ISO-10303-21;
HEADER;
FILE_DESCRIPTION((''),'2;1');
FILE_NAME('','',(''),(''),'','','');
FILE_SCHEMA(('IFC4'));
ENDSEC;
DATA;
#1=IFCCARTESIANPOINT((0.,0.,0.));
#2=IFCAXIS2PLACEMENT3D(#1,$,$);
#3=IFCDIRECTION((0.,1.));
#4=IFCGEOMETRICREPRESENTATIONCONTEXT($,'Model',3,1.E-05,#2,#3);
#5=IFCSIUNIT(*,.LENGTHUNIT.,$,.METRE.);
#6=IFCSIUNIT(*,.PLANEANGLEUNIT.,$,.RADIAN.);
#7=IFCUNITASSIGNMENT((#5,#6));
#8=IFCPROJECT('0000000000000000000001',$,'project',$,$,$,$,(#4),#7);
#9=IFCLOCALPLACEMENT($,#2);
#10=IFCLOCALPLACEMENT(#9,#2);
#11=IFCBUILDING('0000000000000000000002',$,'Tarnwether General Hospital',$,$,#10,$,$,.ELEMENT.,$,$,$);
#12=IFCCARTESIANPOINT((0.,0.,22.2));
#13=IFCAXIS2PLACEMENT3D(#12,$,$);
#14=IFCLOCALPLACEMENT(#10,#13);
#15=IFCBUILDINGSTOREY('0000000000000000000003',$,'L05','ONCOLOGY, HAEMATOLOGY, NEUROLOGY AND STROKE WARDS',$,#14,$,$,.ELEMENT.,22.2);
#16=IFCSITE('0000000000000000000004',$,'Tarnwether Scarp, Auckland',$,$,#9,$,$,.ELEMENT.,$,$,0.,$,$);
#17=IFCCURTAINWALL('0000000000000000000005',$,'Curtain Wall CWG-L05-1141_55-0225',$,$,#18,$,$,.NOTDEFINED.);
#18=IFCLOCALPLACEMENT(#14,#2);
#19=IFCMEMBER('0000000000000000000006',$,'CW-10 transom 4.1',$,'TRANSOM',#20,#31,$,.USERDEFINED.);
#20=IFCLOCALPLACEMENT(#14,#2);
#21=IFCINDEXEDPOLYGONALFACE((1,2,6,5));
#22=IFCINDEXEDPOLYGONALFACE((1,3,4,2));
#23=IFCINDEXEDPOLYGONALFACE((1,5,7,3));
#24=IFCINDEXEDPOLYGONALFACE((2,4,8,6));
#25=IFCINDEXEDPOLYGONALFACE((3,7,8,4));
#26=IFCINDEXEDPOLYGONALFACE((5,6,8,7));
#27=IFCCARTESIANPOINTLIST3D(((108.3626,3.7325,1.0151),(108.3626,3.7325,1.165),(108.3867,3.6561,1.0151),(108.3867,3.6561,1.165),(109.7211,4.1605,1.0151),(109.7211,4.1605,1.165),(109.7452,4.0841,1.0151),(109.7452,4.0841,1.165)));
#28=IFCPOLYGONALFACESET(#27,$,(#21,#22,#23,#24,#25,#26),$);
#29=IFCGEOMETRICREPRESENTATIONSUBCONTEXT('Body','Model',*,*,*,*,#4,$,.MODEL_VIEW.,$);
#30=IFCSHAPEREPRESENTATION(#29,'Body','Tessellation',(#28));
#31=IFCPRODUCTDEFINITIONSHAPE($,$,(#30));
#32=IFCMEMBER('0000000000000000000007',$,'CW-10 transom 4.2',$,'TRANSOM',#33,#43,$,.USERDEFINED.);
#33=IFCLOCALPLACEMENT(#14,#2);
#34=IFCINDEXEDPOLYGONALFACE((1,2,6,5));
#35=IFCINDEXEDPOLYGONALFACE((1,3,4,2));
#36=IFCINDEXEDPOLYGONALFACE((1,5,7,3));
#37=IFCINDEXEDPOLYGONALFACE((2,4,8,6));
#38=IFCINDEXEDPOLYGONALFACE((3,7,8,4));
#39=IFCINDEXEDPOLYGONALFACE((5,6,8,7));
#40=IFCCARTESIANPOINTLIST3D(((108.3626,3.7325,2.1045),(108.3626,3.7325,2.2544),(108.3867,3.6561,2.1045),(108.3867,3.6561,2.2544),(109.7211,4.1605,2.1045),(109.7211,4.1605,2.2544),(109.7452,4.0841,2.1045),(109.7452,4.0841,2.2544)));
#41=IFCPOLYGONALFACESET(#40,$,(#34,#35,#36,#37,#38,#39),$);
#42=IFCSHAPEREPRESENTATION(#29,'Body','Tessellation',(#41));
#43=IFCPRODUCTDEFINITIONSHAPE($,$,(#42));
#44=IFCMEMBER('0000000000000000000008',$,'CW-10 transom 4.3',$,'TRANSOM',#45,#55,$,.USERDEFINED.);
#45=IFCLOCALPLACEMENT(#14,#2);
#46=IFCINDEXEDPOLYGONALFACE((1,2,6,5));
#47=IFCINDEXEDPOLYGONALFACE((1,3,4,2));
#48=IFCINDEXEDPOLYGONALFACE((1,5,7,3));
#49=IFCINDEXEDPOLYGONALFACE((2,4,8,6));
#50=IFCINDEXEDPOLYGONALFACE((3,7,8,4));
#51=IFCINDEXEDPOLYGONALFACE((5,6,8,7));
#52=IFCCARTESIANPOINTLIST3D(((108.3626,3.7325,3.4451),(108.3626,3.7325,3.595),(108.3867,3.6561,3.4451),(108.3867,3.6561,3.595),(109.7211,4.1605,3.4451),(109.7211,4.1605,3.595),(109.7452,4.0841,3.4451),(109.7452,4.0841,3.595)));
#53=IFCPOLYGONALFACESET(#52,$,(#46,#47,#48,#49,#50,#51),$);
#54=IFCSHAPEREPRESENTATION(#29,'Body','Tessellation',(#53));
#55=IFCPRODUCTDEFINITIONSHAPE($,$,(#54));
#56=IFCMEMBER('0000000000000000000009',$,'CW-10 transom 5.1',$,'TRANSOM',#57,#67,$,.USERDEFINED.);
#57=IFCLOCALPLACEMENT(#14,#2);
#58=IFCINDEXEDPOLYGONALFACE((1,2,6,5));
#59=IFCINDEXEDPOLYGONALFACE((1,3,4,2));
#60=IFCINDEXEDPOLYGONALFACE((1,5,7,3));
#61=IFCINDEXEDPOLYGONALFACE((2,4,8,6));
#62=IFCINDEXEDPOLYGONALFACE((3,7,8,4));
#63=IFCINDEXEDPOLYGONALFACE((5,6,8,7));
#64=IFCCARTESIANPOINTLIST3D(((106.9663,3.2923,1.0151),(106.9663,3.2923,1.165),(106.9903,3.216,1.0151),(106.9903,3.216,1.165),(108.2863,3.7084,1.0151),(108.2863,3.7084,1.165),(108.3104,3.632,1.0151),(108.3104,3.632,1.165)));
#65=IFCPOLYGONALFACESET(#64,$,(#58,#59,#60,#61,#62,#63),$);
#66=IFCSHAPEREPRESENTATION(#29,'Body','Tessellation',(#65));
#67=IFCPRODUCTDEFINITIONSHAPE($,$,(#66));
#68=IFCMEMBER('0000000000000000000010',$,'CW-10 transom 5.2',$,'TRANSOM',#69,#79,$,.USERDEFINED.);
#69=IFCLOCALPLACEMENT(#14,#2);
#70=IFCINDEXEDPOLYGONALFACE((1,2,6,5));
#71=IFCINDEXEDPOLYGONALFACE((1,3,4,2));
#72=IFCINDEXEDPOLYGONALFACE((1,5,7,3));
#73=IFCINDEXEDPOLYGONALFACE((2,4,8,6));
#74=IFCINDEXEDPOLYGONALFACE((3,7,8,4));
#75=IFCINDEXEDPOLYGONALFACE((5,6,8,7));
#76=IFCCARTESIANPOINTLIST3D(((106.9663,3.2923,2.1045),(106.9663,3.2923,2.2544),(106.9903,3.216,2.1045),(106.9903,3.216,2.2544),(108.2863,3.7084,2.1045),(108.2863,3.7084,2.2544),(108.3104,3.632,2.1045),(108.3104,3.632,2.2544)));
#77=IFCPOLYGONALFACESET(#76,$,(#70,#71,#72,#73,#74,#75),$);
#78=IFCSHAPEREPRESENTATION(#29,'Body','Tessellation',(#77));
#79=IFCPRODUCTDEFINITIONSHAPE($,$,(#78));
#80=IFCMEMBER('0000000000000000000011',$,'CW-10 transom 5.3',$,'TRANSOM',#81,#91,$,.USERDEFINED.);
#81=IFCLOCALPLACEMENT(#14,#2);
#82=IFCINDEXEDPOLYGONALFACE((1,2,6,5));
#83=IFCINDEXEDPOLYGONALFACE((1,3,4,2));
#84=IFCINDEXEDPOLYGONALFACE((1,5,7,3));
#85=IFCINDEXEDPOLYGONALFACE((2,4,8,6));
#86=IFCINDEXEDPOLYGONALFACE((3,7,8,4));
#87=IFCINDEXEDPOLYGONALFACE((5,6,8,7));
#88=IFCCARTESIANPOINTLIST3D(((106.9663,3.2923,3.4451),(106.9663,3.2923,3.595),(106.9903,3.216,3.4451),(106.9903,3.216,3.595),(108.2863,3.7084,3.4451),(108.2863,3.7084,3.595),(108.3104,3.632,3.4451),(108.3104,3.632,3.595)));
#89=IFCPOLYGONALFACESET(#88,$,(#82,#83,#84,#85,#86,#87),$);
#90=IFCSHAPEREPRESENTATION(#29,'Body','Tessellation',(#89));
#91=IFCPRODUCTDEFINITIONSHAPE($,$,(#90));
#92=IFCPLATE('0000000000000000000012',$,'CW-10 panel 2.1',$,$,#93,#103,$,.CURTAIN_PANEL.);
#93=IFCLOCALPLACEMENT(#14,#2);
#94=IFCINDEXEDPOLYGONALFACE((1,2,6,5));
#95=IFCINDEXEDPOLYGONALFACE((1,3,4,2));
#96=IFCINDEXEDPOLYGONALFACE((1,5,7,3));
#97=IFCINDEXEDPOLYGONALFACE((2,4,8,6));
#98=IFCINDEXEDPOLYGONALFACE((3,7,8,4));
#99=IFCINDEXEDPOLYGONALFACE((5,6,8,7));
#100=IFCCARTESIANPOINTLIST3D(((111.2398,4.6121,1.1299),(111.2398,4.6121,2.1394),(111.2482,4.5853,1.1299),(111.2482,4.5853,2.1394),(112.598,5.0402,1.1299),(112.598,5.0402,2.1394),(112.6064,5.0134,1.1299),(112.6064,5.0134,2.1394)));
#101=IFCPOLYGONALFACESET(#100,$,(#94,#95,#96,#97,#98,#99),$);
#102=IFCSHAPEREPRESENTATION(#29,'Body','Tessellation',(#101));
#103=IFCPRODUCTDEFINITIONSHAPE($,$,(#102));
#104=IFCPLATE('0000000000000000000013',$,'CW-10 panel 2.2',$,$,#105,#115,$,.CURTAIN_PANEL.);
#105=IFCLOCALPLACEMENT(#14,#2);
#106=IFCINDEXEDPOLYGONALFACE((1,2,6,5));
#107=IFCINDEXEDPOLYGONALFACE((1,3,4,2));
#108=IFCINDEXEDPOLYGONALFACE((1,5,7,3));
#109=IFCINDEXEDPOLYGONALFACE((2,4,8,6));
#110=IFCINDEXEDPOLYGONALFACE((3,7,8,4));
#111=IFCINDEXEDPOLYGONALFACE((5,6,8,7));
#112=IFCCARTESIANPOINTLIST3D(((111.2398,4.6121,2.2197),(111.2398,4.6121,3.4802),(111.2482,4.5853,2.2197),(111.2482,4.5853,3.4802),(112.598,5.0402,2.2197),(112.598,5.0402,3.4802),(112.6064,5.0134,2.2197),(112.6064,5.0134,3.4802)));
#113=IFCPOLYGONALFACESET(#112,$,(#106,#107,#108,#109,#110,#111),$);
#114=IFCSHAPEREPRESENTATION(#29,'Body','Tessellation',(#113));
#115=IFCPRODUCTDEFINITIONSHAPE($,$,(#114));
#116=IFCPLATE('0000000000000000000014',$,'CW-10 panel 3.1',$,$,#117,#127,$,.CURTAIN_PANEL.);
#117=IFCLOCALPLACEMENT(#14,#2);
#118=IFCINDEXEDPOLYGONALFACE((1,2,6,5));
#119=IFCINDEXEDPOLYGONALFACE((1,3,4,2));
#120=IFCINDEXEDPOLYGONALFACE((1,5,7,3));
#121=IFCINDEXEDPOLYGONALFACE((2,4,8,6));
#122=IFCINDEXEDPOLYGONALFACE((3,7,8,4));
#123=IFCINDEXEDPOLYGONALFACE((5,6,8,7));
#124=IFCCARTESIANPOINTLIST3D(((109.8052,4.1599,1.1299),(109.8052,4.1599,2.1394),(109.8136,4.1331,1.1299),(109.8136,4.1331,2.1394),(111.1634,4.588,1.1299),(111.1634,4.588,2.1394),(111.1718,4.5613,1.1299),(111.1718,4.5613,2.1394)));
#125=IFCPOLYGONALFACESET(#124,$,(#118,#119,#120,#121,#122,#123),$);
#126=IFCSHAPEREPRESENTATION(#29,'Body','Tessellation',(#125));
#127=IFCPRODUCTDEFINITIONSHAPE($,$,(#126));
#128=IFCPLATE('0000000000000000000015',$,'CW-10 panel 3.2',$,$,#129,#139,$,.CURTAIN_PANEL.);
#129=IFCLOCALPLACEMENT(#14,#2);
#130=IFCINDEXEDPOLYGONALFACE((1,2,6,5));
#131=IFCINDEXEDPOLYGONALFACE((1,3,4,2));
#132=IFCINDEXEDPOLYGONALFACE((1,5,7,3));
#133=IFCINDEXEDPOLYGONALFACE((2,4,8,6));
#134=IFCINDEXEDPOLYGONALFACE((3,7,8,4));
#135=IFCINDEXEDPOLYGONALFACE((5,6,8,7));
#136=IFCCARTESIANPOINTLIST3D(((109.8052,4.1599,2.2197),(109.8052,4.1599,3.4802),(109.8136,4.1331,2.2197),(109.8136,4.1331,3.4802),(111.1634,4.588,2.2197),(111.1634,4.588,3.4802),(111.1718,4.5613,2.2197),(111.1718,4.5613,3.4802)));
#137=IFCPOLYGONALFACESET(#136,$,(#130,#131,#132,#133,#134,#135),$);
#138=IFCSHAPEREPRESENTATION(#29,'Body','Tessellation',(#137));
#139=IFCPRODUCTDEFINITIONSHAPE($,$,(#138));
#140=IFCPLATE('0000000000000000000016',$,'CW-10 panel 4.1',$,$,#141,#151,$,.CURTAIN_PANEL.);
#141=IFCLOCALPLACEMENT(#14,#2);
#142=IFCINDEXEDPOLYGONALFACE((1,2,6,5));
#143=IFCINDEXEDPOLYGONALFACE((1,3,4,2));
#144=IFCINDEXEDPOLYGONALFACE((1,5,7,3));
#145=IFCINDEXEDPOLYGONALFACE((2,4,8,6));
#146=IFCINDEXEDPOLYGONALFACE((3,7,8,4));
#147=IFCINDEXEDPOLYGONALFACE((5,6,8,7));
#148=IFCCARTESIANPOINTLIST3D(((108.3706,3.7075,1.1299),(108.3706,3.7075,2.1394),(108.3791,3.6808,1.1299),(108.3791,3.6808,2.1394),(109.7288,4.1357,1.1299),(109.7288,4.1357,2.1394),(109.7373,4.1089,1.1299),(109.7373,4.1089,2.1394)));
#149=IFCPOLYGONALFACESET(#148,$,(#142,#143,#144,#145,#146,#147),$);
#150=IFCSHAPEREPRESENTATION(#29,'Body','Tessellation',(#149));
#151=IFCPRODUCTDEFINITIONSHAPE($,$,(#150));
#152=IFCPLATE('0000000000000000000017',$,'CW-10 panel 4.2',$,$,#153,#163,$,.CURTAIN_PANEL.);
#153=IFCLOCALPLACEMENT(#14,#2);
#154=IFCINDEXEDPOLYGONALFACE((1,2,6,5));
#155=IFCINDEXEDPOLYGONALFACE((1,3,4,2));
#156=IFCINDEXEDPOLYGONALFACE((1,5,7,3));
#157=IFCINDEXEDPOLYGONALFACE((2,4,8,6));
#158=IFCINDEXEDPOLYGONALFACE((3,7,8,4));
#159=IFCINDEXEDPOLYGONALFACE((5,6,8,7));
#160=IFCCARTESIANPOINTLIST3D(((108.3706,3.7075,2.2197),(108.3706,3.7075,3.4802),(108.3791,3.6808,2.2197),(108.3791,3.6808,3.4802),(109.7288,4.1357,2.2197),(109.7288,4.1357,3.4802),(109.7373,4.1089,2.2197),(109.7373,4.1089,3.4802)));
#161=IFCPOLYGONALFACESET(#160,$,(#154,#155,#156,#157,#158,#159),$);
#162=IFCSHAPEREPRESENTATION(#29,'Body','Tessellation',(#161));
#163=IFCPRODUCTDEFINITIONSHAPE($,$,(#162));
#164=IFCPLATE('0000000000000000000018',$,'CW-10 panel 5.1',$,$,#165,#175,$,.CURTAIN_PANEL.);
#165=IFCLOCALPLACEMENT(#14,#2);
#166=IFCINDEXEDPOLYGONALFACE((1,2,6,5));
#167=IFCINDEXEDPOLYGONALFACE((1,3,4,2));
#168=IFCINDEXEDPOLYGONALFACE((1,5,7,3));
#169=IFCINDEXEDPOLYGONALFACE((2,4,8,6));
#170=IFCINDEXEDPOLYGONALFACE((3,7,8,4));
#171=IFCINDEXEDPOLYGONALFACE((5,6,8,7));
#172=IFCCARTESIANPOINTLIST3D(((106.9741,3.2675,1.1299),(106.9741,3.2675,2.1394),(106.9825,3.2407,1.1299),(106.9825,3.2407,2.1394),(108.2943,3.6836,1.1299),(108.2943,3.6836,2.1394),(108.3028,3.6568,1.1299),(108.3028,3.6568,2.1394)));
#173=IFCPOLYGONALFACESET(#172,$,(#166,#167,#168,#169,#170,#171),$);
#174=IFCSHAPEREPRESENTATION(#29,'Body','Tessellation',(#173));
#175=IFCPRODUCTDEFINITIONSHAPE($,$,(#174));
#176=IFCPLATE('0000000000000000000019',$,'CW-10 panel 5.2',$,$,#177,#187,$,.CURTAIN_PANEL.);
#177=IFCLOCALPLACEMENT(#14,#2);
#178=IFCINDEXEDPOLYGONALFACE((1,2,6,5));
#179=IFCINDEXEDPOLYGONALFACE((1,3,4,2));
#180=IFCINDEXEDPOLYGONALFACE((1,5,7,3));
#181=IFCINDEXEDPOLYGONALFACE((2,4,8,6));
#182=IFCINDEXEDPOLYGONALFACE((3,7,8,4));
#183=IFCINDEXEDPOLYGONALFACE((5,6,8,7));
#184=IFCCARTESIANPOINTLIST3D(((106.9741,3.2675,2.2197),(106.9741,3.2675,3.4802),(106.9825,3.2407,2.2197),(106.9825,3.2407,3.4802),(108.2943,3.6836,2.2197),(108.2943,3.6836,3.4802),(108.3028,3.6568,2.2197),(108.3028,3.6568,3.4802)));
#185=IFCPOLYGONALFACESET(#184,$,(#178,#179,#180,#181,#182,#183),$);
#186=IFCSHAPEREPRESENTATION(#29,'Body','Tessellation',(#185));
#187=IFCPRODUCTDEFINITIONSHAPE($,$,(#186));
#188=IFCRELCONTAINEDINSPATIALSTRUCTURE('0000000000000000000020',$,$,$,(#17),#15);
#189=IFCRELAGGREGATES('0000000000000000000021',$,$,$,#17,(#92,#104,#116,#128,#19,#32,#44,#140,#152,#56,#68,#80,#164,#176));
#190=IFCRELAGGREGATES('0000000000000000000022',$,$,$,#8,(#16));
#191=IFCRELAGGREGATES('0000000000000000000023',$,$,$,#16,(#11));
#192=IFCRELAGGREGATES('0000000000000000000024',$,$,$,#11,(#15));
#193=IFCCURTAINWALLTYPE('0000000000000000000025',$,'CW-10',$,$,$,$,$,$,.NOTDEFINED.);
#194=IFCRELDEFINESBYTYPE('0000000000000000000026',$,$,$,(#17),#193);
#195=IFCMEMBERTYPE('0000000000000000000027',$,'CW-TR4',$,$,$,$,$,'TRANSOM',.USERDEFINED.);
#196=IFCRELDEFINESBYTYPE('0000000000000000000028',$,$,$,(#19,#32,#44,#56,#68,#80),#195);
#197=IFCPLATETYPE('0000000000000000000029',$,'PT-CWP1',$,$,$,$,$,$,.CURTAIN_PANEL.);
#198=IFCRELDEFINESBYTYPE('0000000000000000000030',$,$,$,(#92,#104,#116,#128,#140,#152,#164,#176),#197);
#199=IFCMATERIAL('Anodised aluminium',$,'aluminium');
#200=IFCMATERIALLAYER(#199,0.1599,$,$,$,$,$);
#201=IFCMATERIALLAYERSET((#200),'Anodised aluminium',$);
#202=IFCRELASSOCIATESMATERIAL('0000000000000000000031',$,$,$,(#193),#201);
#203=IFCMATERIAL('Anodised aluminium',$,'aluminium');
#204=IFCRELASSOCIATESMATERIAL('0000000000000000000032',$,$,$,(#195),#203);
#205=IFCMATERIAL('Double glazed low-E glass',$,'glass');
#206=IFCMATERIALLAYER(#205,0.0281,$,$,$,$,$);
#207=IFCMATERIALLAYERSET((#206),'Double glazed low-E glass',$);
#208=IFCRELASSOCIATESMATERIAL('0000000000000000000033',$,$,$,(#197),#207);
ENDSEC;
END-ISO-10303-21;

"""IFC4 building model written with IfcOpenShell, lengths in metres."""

from ifc_helpers import new_model, si_unit, direction, frame, origin, origin_2d, place, context, subcontext, project, spatial, rectangle, extrude, material, layer, layer_set, material_profile, profile_set, type_object, element, aggregate, save


model = new_model("IFC4")

# Units and contexts
model_context = context("Model", 3, precision=1e-05, world=origin(), true_north=direction((0.0, 1.0)))
body_context = subcontext(model_context, "Body", "Model", "MODEL_VIEW")
ifc_project = project(units=[si_unit("LENGTHUNIT", "METRE"), si_unit("PLANEANGLEUNIT", "RADIAN")], contexts=[model_context])

# Site, building, storey
site_placement = place(None, origin())
site = spatial("IfcSite", under=ifc_project, at=site_placement, Name="Tarnwether Scarp, Auckland", CompositionType="ELEMENT", RefElevation=0.0)
building_placement = place(site_placement, origin())
building = spatial("IfcBuilding", under=site, at=building_placement, Name="Tarnwether General Hospital", CompositionType="ELEMENT")
storey_placement = place(building_placement, frame((0.0, 0.0, 22.2)))
storey = spatial("IfcBuildingStorey", under=building, at=storey_placement, Name="L05", Description="ONCOLOGY, HAEMATOLOGY, NEUROLOGY AND STROKE WARDS", CompositionType="ELEMENT", Elevation=22.2)

# Shared definitions
ifc_material_1 = material(Name="Anodised aluminium", Category="aluminium")
ifc_layer_1 = layer(ifc_material_1, 0.1599)
ifc_layer_set_1 = layer_set([ifc_layer_1], Name="Anodised aluminium")
curtain_wall_type = type_object("IfcCurtainWallType", Name="CW-10", PredefinedType="NOTDEFINED", material=ifc_layer_set_1)

# Curtain wall
curtain_wall_1_placement = place(storey_placement, origin())
curtain_wall_1 = element("IfcCurtainWall", 1, at=curtain_wall_1_placement, inside=storey, type_object=curtain_wall_type, Name="Curtain Wall CWG-L05-1141_55-0225", PredefinedType="NOTDEFINED")

# Members
ifc_material_2 = material(Name="Anodised aluminium", Category="aluminium")
ifc_material_profile_1 = material_profile(ifc_material_2, rectangle(XDim=0.0801, YDim=0.1499, at=origin_2d()), Name="ALU-TRN-80x150")
ifc_profile_set_1 = profile_set([ifc_material_profile_1], Name="Anodised aluminium")
member_type_1 = type_object("IfcMemberType", Name="CW-TR4", ElementType="TRANSOM", PredefinedType="USERDEFINED", material=ifc_profile_set_1)
member_1_placement = place(storey_placement, frame((109.7332, 4.1223, 1.0901), z_axis=(-0.953782, -0.3005, 0.0), x_axis=(0.3005, -0.953782, 0.0)))
member_1 = element("IfcMember", 2, at=member_1_placement, type_object=member_type_1, Name="CW-10 transom 4.1", ObjectType="TRANSOM", PredefinedType="USERDEFINED", context=body_context, shape_type="SweptSolid", body=[
    extrude(rectangle(XDim=0.0801, YDim=0.1499, at=origin_2d()), origin(), (0.0, 0.0, 1.0), 1.4243),
])
member_2_placement = place(storey_placement, frame((109.7332, 4.1223, 2.1794), z_axis=(-0.953782, -0.3005, 0.0), x_axis=(0.3005, -0.953782, 0.0)))
member_2 = element("IfcMember", 3, at=member_2_placement, type_object=member_type_1, Name="CW-10 transom 4.2", ObjectType="TRANSOM", PredefinedType="USERDEFINED", context=body_context, shape_type="SweptSolid", body=[
    extrude(rectangle(XDim=0.0801, YDim=0.1499, at=origin_2d()), origin(), (0.0, 0.0, 1.0), 1.4243),
])
member_3_placement = place(storey_placement, frame((109.7332, 4.1223, 3.52), z_axis=(-0.953782, -0.3005, 0.0), x_axis=(0.3005, -0.953782, 0.0)))
member_3 = element("IfcMember", 4, at=member_3_placement, type_object=member_type_1, Name="CW-10 transom 4.3", ObjectType="TRANSOM", PredefinedType="USERDEFINED", context=body_context, shape_type="SweptSolid", body=[
    extrude(rectangle(XDim=0.0801, YDim=0.1499, at=origin_2d()), origin(), (0.0, 0.0, 1.0), 1.4243),
])
member_4_placement = place(storey_placement, frame((108.2983, 3.6702, 1.0901), z_axis=(-0.953758, -0.300574, 0.0), x_axis=(0.300574, -0.953758, 0.0)))
member_4 = element("IfcMember", 5, at=member_4_placement, type_object=member_type_1, Name="CW-10 transom 5.1", ObjectType="TRANSOM", PredefinedType="USERDEFINED", context=body_context, shape_type="SweptSolid", body=[
    extrude(rectangle(XDim=0.0801, YDim=0.1499, at=origin_2d()), origin(), (0.0, 0.0, 1.0), 1.384),
])
member_5_placement = place(storey_placement, frame((108.2983, 3.6702, 2.1794), z_axis=(-0.953758, -0.300574, 0.0), x_axis=(0.300574, -0.953758, 0.0)))
member_5 = element("IfcMember", 6, at=member_5_placement, type_object=member_type_1, Name="CW-10 transom 5.2", ObjectType="TRANSOM", PredefinedType="USERDEFINED", context=body_context, shape_type="SweptSolid", body=[
    extrude(rectangle(XDim=0.0801, YDim=0.1499, at=origin_2d()), origin(), (0.0, 0.0, 1.0), 1.384),
])
member_6_placement = place(storey_placement, frame((108.2983, 3.6702, 3.52), z_axis=(-0.953758, -0.300574, 0.0), x_axis=(0.300574, -0.953758, 0.0)))
member_6 = element("IfcMember", 7, at=member_6_placement, type_object=member_type_1, Name="CW-10 transom 5.3", ObjectType="TRANSOM", PredefinedType="USERDEFINED", context=body_context, shape_type="SweptSolid", body=[
    extrude(rectangle(XDim=0.0801, YDim=0.1499, at=origin_2d()), origin(), (0.0, 0.0, 1.0), 1.384),
])

# Plates
ifc_material_3 = material(Name="Double glazed low-E glass", Category="glass")
ifc_layer_2 = layer(ifc_material_3, 0.0281)
ifc_layer_set_2 = layer_set([ifc_layer_2], Name="Double glazed low-E glass")
plate_type_1 = type_object("IfcPlateType", Name="PT-CWP1", PredefinedType="CURTAIN_PANEL", material=ifc_layer_set_2)
plate_1_placement = place(storey_placement, frame((111.9231, 4.8127, 1.1299), z_axis=(0.0, 0.0, 1.0), x_axis=(-0.953741, -0.300629, 0.0)))
plate_1 = element("IfcPlate", 8, at=plate_1_placement, type_object=plate_type_1, Name="CW-10 panel 2.1", PredefinedType="CURTAIN_PANEL", context=body_context, shape_type="SweptSolid", body=[
    extrude(rectangle(XDim=1.4241, YDim=0.0281, at=origin_2d()), origin(), (0.0, 0.0, 1.0), 1.0095),
])
plate_2_placement = place(storey_placement, frame((111.9231, 4.8127, 2.2197), z_axis=(0.0, 0.0, 1.0), x_axis=(-0.953741, -0.300629, 0.0)))
plate_2 = element("IfcPlate", 9, at=plate_2_placement, type_object=plate_type_1, Name="CW-10 panel 2.2", PredefinedType="CURTAIN_PANEL", context=body_context, shape_type="SweptSolid", body=[
    extrude(rectangle(XDim=1.4241, YDim=0.0281, at=origin_2d()), origin(), (0.0, 0.0, 1.0), 1.2605),
])
plate_3_placement = place(storey_placement, frame((110.4885, 4.3606, 1.1299), z_axis=(0.0, 0.0, 1.0), x_axis=(-0.953741, -0.300629, 0.0)))
plate_3 = element("IfcPlate", 10, at=plate_3_placement, type_object=plate_type_1, Name="CW-10 panel 3.1", PredefinedType="CURTAIN_PANEL", context=body_context, shape_type="SweptSolid", body=[
    extrude(rectangle(XDim=1.4241, YDim=0.0281, at=origin_2d()), origin(), (0.0, 0.0, 1.0), 1.0095),
])
plate_4_placement = place(storey_placement, frame((110.4885, 4.3606, 2.2197), z_axis=(0.0, 0.0, 1.0), x_axis=(-0.953741, -0.300629, 0.0)))
plate_4 = element("IfcPlate", 11, at=plate_4_placement, type_object=plate_type_1, Name="CW-10 panel 3.2", PredefinedType="CURTAIN_PANEL", context=body_context, shape_type="SweptSolid", body=[
    extrude(rectangle(XDim=1.4241, YDim=0.0281, at=origin_2d()), origin(), (0.0, 0.0, 1.0), 1.2605),
])
plate_5_placement = place(storey_placement, frame((109.054, 3.9082, 1.1299), z_axis=(0.0, 0.0, 1.0), x_axis=(-0.953741, -0.300629, 0.0)))
plate_5 = element("IfcPlate", 12, at=plate_5_placement, type_object=plate_type_1, Name="CW-10 panel 4.1", PredefinedType="CURTAIN_PANEL", context=body_context, shape_type="SweptSolid", body=[
    extrude(rectangle(XDim=1.4241, YDim=0.0281, at=origin_2d()), origin(), (0.0, 0.0, 1.0), 1.0095),
])
plate_6_placement = place(storey_placement, frame((109.054, 3.9082, 2.2197), z_axis=(0.0, 0.0, 1.0), x_axis=(-0.953741, -0.300629, 0.0)))
plate_6 = element("IfcPlate", 13, at=plate_6_placement, type_object=plate_type_1, Name="CW-10 panel 4.2", PredefinedType="CURTAIN_PANEL", context=body_context, shape_type="SweptSolid", body=[
    extrude(rectangle(XDim=1.4241, YDim=0.0281, at=origin_2d()), origin(), (0.0, 0.0, 1.0), 1.2605),
])
plate_7_placement = place(storey_placement, frame((107.6384, 3.4622, 1.1299), z_axis=(0.0, 0.0, 1.0), x_axis=(-0.953741, -0.300629, 0.0)))
plate_7 = element("IfcPlate", 14, at=plate_7_placement, type_object=plate_type_1, Name="CW-10 panel 5.1", PredefinedType="CURTAIN_PANEL", context=body_context, shape_type="SweptSolid", body=[
    extrude(rectangle(XDim=1.3843, YDim=0.0281, at=origin_2d()), origin(), (0.0, 0.0, 1.0), 1.0095),
])
plate_8_placement = place(storey_placement, frame((107.6384, 3.4622, 2.2197), z_axis=(0.0, 0.0, 1.0), x_axis=(-0.953741, -0.300629, 0.0)))
plate_8 = element("IfcPlate", 15, at=plate_8_placement, type_object=plate_type_1, Name="CW-10 panel 5.2", PredefinedType="CURTAIN_PANEL", context=body_context, shape_type="SweptSolid", body=[
    extrude(rectangle(XDim=1.3843, YDim=0.0281, at=origin_2d()), origin(), (0.0, 0.0, 1.0), 1.2605),
])
aggregate(curtain_wall_1, [plate_1, plate_2, plate_3, plate_4, member_1, member_2, member_3, plate_5, plate_6, member_4, member_5, member_6, plate_7, plate_8])

save(model, "model.ifc")
